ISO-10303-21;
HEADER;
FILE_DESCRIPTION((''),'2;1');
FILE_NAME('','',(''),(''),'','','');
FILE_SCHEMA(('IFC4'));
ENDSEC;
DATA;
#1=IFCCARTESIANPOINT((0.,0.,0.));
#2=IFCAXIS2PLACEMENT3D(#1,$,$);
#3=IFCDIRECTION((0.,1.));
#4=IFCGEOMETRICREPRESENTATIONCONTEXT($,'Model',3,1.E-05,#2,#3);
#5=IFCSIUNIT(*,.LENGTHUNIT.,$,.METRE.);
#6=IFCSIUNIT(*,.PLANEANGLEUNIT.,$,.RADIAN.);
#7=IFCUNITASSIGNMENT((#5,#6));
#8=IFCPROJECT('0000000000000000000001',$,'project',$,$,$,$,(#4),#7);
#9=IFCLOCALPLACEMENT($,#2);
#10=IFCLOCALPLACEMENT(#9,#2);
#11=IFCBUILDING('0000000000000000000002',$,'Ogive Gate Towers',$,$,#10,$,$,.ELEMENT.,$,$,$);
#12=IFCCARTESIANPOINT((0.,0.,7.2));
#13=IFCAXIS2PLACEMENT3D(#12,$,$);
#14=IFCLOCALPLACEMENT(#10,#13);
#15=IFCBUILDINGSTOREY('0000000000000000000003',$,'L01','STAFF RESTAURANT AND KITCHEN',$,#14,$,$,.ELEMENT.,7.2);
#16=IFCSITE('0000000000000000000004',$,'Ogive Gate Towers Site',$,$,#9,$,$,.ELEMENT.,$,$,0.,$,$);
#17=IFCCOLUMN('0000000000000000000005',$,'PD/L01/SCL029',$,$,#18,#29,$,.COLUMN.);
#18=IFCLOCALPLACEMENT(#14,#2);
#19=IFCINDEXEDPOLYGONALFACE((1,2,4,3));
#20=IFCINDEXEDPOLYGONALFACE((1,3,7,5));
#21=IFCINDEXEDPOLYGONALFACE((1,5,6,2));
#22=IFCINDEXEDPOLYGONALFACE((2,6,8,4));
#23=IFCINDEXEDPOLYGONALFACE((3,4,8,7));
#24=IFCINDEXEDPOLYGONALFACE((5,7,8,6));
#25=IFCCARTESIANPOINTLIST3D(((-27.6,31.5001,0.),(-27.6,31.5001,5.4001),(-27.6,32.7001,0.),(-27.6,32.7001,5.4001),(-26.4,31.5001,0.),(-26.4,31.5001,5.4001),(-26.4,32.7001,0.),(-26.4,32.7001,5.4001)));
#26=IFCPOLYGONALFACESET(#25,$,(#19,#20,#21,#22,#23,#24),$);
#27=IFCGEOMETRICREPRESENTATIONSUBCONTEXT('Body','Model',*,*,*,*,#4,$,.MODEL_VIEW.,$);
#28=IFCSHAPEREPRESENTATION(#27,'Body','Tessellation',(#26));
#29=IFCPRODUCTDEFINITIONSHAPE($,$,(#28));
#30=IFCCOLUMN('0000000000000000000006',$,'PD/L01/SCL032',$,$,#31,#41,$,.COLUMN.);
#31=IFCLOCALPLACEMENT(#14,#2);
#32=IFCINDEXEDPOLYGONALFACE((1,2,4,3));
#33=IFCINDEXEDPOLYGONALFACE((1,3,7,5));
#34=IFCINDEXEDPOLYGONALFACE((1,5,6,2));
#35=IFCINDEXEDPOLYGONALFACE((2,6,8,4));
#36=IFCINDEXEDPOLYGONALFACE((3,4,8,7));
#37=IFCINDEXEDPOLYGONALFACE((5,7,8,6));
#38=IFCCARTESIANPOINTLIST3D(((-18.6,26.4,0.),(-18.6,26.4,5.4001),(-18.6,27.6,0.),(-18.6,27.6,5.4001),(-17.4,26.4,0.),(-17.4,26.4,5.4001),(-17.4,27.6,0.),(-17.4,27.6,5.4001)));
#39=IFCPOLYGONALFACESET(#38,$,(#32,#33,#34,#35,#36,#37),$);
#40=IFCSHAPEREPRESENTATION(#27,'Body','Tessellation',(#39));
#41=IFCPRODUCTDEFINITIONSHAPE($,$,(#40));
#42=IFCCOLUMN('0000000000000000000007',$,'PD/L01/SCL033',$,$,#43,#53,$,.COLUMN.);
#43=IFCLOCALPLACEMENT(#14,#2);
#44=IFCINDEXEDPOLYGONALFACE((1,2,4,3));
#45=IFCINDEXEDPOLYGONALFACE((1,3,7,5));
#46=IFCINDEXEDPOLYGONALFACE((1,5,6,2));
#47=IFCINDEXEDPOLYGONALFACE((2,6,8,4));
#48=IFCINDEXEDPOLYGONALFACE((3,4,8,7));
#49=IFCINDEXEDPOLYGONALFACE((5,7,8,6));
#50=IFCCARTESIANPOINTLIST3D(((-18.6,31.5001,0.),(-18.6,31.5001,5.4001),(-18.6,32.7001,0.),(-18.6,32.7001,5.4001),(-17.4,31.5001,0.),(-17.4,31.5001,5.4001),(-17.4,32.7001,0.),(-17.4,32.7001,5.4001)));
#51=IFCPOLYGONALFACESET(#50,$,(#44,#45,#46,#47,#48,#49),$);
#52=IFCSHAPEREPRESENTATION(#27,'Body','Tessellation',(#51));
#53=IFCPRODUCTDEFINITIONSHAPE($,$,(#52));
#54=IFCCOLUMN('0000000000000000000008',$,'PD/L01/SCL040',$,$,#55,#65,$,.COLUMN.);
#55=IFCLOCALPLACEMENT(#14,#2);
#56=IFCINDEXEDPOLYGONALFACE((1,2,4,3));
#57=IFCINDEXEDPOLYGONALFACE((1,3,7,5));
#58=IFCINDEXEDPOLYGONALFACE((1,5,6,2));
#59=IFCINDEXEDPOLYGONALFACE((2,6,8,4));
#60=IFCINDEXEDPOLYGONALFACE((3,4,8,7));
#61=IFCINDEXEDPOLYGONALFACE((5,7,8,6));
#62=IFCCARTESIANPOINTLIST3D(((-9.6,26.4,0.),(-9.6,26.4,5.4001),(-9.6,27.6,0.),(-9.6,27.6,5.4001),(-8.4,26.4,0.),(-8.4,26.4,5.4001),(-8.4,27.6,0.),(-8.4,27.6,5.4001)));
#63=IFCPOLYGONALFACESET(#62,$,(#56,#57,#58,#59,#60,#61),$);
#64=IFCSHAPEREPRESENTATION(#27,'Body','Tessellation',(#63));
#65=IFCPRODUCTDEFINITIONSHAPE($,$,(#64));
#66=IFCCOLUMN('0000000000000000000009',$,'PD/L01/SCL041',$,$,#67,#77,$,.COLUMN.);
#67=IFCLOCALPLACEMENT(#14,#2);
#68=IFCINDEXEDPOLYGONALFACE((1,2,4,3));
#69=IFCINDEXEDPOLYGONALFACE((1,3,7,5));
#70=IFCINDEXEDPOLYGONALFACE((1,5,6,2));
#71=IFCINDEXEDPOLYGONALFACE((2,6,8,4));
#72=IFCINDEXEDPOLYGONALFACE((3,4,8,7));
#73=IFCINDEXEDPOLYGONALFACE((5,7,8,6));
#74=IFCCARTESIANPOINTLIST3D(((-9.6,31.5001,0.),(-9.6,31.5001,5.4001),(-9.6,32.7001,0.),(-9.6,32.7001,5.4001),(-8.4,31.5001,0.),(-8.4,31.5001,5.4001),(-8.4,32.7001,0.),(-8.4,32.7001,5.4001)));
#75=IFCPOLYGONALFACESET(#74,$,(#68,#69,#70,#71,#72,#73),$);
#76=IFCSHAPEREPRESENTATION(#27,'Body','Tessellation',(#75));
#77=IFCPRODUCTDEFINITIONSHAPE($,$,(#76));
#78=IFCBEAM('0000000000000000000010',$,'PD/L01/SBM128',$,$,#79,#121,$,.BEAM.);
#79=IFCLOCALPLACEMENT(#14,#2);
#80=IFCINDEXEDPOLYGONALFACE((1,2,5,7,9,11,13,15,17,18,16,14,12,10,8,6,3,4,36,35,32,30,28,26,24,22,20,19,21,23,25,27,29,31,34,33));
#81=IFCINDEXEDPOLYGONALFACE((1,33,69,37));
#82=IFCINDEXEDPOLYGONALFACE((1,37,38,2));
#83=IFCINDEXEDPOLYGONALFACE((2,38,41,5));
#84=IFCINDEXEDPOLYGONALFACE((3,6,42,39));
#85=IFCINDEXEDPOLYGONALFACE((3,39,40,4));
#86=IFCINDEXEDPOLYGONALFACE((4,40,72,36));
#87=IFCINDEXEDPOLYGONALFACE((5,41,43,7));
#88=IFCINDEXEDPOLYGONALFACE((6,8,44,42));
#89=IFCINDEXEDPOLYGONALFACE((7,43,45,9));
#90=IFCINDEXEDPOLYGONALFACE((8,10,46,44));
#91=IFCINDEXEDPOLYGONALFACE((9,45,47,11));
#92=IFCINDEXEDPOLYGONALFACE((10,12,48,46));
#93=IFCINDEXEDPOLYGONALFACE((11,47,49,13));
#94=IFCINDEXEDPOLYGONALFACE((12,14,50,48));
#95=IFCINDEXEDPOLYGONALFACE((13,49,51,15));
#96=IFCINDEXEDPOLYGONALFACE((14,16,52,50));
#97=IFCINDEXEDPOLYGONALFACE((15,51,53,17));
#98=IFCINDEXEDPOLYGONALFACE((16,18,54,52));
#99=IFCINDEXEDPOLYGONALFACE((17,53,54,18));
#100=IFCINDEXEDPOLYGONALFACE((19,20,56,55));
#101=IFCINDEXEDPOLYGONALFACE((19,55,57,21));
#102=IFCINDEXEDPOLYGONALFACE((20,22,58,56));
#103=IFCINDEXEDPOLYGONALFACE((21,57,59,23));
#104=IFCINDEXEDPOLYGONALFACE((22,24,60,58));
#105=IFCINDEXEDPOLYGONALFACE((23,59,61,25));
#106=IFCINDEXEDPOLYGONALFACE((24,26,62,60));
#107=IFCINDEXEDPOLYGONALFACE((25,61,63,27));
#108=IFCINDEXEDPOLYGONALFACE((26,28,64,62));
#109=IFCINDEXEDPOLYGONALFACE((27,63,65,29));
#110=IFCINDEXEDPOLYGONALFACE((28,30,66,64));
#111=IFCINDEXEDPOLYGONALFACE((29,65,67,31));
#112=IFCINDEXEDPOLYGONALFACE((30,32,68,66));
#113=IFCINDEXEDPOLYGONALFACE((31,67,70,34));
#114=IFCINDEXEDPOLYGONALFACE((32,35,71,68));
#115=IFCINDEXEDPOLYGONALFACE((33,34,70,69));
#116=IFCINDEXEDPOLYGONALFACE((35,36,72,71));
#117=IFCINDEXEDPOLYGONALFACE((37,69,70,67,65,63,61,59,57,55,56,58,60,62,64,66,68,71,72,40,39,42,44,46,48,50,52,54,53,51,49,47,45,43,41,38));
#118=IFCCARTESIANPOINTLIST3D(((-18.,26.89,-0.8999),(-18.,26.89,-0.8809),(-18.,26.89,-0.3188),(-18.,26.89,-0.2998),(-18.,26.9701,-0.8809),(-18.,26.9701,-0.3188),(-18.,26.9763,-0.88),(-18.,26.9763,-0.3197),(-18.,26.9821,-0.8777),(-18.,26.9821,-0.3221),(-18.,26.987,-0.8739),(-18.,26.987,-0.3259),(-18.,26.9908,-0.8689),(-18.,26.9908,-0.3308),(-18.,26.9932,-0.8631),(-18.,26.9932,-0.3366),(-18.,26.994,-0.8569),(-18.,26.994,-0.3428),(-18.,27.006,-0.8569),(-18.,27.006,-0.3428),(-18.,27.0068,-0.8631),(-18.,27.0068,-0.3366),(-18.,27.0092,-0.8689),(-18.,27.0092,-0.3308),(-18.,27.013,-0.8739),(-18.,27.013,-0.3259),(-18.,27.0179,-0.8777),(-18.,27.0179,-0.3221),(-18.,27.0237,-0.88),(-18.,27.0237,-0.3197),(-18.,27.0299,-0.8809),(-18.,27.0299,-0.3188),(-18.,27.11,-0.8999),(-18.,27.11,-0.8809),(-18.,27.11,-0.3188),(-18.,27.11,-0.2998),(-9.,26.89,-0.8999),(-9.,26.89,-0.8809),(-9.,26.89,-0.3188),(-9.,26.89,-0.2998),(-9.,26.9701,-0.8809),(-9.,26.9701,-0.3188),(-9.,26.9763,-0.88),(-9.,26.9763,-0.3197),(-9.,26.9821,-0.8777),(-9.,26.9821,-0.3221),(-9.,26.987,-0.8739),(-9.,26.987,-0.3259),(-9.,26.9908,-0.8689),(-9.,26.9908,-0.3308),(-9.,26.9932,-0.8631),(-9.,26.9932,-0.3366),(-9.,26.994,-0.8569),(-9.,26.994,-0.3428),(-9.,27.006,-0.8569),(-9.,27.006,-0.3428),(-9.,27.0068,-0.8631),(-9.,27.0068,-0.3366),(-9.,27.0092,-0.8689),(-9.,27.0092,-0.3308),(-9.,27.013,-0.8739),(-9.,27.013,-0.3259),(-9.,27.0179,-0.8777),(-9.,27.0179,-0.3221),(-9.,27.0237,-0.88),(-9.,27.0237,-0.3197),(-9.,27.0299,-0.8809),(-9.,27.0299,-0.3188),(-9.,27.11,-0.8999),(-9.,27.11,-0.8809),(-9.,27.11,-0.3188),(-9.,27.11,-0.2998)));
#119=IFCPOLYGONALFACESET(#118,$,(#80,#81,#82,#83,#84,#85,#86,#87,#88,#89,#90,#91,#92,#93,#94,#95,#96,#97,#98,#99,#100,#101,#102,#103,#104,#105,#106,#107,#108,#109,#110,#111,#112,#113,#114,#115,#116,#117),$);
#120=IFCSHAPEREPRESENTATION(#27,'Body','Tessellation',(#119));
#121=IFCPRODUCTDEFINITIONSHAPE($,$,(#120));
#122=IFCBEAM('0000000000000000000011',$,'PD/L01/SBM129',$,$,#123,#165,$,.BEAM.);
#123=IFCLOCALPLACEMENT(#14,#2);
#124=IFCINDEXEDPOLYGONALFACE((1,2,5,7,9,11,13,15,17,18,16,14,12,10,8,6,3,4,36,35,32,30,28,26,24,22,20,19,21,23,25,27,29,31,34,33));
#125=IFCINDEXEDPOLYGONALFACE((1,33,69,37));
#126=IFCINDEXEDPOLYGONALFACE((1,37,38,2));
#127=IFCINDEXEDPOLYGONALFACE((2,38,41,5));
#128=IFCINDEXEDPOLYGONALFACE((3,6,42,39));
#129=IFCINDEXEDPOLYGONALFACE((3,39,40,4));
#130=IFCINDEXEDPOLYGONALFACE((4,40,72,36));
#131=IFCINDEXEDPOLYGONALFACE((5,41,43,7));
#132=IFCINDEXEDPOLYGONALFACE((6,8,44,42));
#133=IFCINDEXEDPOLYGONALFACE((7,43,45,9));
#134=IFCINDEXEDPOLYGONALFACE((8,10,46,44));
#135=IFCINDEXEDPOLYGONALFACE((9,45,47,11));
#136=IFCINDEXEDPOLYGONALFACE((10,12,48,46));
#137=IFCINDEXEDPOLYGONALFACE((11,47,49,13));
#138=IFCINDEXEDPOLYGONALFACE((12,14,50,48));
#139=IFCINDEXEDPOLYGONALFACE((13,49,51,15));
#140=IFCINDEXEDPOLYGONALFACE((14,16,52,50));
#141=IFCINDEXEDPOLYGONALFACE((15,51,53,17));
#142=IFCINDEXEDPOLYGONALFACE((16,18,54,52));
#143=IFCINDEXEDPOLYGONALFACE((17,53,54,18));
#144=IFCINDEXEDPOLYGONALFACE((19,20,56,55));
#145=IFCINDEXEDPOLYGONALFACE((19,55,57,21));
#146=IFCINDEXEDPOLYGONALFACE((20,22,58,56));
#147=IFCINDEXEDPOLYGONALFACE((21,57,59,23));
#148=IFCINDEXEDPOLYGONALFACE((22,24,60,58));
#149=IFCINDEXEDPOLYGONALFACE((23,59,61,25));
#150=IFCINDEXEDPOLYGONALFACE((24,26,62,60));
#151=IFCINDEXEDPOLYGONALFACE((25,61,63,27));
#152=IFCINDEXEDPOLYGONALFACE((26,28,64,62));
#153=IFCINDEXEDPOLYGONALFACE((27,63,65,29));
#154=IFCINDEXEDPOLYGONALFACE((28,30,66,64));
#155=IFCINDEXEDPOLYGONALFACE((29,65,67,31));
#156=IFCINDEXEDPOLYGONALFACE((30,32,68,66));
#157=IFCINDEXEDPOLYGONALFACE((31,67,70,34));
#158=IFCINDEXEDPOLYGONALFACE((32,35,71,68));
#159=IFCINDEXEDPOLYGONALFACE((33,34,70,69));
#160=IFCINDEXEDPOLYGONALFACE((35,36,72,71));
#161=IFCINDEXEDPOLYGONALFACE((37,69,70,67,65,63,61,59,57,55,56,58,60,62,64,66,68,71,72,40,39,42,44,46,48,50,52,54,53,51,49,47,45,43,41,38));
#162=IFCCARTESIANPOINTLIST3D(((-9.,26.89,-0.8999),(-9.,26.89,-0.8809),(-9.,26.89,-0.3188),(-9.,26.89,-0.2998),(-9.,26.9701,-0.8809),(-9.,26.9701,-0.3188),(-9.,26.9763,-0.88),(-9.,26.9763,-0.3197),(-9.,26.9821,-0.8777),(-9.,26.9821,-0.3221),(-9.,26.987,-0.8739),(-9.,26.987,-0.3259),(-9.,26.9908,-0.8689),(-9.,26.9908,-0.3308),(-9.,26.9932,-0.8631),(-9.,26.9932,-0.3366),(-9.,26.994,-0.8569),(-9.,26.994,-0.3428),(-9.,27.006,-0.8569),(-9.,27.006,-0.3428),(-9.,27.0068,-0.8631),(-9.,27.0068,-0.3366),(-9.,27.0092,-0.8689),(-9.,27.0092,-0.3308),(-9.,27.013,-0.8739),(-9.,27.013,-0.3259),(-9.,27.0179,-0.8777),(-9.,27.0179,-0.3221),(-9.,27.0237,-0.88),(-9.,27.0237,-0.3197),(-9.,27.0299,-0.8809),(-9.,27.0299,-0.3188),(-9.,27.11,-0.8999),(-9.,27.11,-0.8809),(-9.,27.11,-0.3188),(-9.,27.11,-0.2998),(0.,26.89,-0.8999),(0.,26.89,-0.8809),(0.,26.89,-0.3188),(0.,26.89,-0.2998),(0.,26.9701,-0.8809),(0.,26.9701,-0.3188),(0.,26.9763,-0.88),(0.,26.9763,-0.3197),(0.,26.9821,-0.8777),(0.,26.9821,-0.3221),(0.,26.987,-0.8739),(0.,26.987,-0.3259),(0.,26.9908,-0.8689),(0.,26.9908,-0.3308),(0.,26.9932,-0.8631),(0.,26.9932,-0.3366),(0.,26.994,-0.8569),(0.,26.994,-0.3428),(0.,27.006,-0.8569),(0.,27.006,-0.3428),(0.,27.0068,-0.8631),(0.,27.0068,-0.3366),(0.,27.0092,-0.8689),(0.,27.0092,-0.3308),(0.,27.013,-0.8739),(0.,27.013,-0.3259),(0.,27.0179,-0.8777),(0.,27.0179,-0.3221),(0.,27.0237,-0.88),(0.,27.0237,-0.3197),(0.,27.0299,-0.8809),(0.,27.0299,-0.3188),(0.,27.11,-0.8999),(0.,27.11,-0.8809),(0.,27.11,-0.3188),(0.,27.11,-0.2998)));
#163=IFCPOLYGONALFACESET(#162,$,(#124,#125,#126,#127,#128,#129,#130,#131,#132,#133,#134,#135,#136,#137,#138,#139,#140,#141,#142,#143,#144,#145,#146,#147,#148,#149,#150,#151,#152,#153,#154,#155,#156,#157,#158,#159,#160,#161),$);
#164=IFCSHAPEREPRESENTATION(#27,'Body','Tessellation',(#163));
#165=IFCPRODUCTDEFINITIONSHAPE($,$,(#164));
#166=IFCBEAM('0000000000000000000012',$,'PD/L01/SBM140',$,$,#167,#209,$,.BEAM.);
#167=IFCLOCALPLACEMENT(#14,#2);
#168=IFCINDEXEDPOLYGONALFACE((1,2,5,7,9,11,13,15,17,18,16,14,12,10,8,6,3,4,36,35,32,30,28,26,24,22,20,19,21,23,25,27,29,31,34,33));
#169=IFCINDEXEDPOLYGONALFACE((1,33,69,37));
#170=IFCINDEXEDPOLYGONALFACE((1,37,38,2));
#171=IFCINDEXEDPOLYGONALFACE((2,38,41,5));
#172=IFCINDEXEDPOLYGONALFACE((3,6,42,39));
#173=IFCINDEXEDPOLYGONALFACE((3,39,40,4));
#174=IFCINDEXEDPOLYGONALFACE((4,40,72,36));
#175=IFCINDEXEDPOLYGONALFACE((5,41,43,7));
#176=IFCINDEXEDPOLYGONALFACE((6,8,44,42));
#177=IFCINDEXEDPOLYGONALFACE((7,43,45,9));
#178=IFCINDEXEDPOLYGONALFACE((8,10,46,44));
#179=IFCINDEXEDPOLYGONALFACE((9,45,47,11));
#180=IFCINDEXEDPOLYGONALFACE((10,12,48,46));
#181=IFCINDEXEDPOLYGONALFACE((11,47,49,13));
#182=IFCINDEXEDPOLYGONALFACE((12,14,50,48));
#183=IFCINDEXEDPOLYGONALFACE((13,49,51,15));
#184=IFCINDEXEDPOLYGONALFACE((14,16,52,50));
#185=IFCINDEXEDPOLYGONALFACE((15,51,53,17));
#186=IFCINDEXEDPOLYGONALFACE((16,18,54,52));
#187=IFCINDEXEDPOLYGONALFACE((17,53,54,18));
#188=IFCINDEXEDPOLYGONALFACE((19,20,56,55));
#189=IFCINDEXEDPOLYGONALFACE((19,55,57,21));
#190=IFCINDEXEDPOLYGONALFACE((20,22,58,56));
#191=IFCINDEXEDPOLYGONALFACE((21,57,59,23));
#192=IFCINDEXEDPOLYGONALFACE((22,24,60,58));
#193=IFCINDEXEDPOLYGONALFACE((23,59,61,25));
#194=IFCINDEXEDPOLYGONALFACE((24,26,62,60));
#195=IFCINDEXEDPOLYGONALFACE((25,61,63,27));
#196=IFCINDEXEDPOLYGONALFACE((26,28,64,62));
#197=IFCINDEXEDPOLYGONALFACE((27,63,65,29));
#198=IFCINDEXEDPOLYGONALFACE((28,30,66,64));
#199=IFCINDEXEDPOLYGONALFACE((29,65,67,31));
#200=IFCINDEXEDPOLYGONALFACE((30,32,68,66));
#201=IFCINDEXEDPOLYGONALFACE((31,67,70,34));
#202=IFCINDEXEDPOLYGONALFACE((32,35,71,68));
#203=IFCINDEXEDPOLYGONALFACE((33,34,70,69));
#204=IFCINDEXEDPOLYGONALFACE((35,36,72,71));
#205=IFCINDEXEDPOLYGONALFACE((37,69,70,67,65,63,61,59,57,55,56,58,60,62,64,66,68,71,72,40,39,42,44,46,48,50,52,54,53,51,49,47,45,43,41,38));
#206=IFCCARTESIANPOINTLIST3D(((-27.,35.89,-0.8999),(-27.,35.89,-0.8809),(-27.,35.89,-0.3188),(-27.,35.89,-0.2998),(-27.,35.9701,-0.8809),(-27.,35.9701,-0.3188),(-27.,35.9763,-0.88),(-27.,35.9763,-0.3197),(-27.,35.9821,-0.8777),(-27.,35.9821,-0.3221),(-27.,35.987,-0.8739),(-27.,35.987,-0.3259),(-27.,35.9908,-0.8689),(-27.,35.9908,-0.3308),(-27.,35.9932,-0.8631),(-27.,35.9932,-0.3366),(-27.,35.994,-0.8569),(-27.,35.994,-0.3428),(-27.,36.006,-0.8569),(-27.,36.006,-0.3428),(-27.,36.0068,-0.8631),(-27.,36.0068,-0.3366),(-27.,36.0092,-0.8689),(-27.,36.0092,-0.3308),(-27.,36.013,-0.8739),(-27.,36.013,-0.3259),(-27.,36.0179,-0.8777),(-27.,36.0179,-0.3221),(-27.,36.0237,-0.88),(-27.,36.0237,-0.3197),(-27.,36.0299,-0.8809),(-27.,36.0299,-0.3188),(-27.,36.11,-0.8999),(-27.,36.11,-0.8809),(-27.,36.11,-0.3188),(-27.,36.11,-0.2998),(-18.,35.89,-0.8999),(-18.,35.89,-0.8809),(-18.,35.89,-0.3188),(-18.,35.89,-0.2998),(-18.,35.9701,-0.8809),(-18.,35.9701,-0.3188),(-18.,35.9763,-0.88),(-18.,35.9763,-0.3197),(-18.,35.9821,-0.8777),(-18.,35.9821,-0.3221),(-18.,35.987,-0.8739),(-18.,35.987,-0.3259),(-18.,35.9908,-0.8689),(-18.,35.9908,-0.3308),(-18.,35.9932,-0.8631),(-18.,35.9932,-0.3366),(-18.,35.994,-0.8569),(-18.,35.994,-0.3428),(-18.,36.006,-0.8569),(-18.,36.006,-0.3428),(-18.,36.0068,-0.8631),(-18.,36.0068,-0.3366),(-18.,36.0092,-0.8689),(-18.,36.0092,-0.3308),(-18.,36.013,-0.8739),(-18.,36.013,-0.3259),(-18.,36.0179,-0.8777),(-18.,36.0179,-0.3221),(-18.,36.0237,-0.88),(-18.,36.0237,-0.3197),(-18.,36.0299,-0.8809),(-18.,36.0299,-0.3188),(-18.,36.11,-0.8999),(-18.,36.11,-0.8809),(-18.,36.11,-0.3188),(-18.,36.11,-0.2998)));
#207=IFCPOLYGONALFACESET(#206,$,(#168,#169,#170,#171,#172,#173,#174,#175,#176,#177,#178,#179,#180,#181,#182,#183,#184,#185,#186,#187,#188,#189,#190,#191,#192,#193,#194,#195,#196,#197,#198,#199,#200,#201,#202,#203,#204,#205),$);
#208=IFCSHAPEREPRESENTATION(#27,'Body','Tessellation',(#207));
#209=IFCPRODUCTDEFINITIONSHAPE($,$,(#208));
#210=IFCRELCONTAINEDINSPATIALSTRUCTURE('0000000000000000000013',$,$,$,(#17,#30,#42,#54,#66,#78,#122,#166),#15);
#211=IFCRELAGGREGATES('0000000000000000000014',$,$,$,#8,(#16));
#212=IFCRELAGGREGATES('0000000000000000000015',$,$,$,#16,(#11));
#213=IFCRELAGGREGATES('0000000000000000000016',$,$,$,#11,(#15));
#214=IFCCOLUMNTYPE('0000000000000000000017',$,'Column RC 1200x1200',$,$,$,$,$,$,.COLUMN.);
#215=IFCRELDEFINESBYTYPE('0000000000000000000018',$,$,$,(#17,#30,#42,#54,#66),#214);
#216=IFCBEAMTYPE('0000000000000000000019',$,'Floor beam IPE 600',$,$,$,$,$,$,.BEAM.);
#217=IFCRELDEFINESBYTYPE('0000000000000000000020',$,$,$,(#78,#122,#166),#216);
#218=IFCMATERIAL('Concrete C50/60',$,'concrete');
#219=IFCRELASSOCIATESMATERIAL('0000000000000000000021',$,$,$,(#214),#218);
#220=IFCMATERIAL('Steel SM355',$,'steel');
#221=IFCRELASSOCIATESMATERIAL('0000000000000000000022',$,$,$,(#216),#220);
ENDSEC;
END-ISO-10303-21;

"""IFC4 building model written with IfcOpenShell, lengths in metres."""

from ifc_helpers import new_model, si_unit, direction, frame, origin, origin_2d, place, context, subcontext, project, spatial, rectangle, i_section, extrude, material, material_profile, profile_set, type_object, element, save


model = new_model("IFC4")

# Units and contexts
model_context = context("Model", 3, precision=1e-05, world=origin(), true_north=direction((0.0, 1.0)))
body_context = subcontext(model_context, "Body", "Model", "MODEL_VIEW")
ifc_project = project(units=[si_unit("LENGTHUNIT", "METRE"), si_unit("PLANEANGLEUNIT", "RADIAN")], contexts=[model_context])

# Site, building, storey
site_placement = place(None, origin())
site = spatial("IfcSite", under=ifc_project, at=site_placement, Name="Ogive Gate Towers Site", CompositionType="ELEMENT", RefElevation=0.0)
building_placement = place(site_placement, origin())
building = spatial("IfcBuilding", under=site, at=building_placement, Name="Ogive Gate Towers", CompositionType="ELEMENT")
storey_placement = place(building_placement, frame((0.0, 0.0, 7.2)))
storey = spatial("IfcBuildingStorey", under=building, at=storey_placement, Name="L01", Description="STAFF RESTAURANT AND KITCHEN", CompositionType="ELEMENT", Elevation=7.2)

# Columns
ifc_material_1 = material(Name="Concrete C50/60", Category="concrete")
ifc_material_profile_1 = material_profile(ifc_material_1, rectangle(XDim=1.2, YDim=1.2, at=origin_2d()), Name="RC 1200x1200")
ifc_profile_set_1 = profile_set([ifc_material_profile_1], Name="Concrete C50/60")
column_type = type_object("IfcColumnType", Name="Column RC 1200x1200", PredefinedType="COLUMN", material=ifc_profile_set_1)
for number, where, z_axis, x_axis, name in (
    (1, (-27.0, 32.1001, 0.0), (0.0, 0.0, 1.0), (1.0, 0.0, 0.0), "PD/L01/SCL029"),
    (2, (-18.0, 27.0, 0.0), (0.0, 0.0, 1.0), (1.0, 0.0, 0.0), "PD/L01/SCL032"),
    (3, (-18.0, 32.1001, 0.0), (0.0, 0.0, 1.0), (1.0, 0.0, 0.0), "PD/L01/SCL033"),
    (4, (-9.0, 27.0, 0.0), (0.0, 0.0, 1.0), (1.0, 0.0, 0.0), "PD/L01/SCL040"),
    (5, (-9.0, 32.1001, 0.0), (0.0, 0.0, 1.0), (1.0, 0.0, 0.0), "PD/L01/SCL041"),
):
    element("IfcColumn", number, at=place(storey_placement, frame(where, z_axis=z_axis, x_axis=x_axis)), inside=storey, type_object=column_type, Name=name, PredefinedType="COLUMN", context=body_context, shape_type="SweptSolid", body=[
        extrude(rectangle(XDim=1.2, YDim=1.2, at=origin_2d()), origin(), (0.0, 0.0, 1.0), 5.4001),
    ])

# Beams
ifc_material_2 = material(Name="Steel SM355", Category="steel")
ifc_material_profile_2 = material_profile(ifc_material_2, i_section(OverallWidth=0.22, OverallDepth=0.6001, WebThickness=0.012, FlangeThickness=0.019, FilletRadius=0.0239, at=origin_2d()), Name="IPE 600")
ifc_profile_set_2 = profile_set([ifc_material_profile_2], Name="Steel SM355")
beam_type_1 = type_object("IfcBeamType", Name="Floor beam IPE 600", PredefinedType="BEAM", material=ifc_profile_set_2)
for number, where, z_axis, x_axis, name in (
    (6, (-18.0, 27.0, -0.5999), (1.0, 0.0, 0.0), (0.0, 1.0, 0.0), "PD/L01/SBM128"),
    (7, (-9.0, 27.0, -0.5999), (1.0, 0.0, 0.0), (0.0, 1.0, 0.0), "PD/L01/SBM129"),
    (8, (-27.0, 36.0, -0.5999), (1.0, 0.0, 0.0), (0.0, 1.0, 0.0), "PD/L01/SBM140"),
):
    element("IfcBeam", number, at=place(storey_placement, frame(where, z_axis=z_axis, x_axis=x_axis)), inside=storey, type_object=beam_type_1, Name=name, PredefinedType="BEAM", context=body_context, shape_type="SweptSolid", body=[
        extrude(i_section(OverallWidth=0.22, OverallDepth=0.6001, WebThickness=0.012, FlangeThickness=0.019, FilletRadius=0.0239, at=origin_2d()), origin(), (0.0, 0.0, 1.0), 9.0),
    ])

save(model, "model.ifc")
